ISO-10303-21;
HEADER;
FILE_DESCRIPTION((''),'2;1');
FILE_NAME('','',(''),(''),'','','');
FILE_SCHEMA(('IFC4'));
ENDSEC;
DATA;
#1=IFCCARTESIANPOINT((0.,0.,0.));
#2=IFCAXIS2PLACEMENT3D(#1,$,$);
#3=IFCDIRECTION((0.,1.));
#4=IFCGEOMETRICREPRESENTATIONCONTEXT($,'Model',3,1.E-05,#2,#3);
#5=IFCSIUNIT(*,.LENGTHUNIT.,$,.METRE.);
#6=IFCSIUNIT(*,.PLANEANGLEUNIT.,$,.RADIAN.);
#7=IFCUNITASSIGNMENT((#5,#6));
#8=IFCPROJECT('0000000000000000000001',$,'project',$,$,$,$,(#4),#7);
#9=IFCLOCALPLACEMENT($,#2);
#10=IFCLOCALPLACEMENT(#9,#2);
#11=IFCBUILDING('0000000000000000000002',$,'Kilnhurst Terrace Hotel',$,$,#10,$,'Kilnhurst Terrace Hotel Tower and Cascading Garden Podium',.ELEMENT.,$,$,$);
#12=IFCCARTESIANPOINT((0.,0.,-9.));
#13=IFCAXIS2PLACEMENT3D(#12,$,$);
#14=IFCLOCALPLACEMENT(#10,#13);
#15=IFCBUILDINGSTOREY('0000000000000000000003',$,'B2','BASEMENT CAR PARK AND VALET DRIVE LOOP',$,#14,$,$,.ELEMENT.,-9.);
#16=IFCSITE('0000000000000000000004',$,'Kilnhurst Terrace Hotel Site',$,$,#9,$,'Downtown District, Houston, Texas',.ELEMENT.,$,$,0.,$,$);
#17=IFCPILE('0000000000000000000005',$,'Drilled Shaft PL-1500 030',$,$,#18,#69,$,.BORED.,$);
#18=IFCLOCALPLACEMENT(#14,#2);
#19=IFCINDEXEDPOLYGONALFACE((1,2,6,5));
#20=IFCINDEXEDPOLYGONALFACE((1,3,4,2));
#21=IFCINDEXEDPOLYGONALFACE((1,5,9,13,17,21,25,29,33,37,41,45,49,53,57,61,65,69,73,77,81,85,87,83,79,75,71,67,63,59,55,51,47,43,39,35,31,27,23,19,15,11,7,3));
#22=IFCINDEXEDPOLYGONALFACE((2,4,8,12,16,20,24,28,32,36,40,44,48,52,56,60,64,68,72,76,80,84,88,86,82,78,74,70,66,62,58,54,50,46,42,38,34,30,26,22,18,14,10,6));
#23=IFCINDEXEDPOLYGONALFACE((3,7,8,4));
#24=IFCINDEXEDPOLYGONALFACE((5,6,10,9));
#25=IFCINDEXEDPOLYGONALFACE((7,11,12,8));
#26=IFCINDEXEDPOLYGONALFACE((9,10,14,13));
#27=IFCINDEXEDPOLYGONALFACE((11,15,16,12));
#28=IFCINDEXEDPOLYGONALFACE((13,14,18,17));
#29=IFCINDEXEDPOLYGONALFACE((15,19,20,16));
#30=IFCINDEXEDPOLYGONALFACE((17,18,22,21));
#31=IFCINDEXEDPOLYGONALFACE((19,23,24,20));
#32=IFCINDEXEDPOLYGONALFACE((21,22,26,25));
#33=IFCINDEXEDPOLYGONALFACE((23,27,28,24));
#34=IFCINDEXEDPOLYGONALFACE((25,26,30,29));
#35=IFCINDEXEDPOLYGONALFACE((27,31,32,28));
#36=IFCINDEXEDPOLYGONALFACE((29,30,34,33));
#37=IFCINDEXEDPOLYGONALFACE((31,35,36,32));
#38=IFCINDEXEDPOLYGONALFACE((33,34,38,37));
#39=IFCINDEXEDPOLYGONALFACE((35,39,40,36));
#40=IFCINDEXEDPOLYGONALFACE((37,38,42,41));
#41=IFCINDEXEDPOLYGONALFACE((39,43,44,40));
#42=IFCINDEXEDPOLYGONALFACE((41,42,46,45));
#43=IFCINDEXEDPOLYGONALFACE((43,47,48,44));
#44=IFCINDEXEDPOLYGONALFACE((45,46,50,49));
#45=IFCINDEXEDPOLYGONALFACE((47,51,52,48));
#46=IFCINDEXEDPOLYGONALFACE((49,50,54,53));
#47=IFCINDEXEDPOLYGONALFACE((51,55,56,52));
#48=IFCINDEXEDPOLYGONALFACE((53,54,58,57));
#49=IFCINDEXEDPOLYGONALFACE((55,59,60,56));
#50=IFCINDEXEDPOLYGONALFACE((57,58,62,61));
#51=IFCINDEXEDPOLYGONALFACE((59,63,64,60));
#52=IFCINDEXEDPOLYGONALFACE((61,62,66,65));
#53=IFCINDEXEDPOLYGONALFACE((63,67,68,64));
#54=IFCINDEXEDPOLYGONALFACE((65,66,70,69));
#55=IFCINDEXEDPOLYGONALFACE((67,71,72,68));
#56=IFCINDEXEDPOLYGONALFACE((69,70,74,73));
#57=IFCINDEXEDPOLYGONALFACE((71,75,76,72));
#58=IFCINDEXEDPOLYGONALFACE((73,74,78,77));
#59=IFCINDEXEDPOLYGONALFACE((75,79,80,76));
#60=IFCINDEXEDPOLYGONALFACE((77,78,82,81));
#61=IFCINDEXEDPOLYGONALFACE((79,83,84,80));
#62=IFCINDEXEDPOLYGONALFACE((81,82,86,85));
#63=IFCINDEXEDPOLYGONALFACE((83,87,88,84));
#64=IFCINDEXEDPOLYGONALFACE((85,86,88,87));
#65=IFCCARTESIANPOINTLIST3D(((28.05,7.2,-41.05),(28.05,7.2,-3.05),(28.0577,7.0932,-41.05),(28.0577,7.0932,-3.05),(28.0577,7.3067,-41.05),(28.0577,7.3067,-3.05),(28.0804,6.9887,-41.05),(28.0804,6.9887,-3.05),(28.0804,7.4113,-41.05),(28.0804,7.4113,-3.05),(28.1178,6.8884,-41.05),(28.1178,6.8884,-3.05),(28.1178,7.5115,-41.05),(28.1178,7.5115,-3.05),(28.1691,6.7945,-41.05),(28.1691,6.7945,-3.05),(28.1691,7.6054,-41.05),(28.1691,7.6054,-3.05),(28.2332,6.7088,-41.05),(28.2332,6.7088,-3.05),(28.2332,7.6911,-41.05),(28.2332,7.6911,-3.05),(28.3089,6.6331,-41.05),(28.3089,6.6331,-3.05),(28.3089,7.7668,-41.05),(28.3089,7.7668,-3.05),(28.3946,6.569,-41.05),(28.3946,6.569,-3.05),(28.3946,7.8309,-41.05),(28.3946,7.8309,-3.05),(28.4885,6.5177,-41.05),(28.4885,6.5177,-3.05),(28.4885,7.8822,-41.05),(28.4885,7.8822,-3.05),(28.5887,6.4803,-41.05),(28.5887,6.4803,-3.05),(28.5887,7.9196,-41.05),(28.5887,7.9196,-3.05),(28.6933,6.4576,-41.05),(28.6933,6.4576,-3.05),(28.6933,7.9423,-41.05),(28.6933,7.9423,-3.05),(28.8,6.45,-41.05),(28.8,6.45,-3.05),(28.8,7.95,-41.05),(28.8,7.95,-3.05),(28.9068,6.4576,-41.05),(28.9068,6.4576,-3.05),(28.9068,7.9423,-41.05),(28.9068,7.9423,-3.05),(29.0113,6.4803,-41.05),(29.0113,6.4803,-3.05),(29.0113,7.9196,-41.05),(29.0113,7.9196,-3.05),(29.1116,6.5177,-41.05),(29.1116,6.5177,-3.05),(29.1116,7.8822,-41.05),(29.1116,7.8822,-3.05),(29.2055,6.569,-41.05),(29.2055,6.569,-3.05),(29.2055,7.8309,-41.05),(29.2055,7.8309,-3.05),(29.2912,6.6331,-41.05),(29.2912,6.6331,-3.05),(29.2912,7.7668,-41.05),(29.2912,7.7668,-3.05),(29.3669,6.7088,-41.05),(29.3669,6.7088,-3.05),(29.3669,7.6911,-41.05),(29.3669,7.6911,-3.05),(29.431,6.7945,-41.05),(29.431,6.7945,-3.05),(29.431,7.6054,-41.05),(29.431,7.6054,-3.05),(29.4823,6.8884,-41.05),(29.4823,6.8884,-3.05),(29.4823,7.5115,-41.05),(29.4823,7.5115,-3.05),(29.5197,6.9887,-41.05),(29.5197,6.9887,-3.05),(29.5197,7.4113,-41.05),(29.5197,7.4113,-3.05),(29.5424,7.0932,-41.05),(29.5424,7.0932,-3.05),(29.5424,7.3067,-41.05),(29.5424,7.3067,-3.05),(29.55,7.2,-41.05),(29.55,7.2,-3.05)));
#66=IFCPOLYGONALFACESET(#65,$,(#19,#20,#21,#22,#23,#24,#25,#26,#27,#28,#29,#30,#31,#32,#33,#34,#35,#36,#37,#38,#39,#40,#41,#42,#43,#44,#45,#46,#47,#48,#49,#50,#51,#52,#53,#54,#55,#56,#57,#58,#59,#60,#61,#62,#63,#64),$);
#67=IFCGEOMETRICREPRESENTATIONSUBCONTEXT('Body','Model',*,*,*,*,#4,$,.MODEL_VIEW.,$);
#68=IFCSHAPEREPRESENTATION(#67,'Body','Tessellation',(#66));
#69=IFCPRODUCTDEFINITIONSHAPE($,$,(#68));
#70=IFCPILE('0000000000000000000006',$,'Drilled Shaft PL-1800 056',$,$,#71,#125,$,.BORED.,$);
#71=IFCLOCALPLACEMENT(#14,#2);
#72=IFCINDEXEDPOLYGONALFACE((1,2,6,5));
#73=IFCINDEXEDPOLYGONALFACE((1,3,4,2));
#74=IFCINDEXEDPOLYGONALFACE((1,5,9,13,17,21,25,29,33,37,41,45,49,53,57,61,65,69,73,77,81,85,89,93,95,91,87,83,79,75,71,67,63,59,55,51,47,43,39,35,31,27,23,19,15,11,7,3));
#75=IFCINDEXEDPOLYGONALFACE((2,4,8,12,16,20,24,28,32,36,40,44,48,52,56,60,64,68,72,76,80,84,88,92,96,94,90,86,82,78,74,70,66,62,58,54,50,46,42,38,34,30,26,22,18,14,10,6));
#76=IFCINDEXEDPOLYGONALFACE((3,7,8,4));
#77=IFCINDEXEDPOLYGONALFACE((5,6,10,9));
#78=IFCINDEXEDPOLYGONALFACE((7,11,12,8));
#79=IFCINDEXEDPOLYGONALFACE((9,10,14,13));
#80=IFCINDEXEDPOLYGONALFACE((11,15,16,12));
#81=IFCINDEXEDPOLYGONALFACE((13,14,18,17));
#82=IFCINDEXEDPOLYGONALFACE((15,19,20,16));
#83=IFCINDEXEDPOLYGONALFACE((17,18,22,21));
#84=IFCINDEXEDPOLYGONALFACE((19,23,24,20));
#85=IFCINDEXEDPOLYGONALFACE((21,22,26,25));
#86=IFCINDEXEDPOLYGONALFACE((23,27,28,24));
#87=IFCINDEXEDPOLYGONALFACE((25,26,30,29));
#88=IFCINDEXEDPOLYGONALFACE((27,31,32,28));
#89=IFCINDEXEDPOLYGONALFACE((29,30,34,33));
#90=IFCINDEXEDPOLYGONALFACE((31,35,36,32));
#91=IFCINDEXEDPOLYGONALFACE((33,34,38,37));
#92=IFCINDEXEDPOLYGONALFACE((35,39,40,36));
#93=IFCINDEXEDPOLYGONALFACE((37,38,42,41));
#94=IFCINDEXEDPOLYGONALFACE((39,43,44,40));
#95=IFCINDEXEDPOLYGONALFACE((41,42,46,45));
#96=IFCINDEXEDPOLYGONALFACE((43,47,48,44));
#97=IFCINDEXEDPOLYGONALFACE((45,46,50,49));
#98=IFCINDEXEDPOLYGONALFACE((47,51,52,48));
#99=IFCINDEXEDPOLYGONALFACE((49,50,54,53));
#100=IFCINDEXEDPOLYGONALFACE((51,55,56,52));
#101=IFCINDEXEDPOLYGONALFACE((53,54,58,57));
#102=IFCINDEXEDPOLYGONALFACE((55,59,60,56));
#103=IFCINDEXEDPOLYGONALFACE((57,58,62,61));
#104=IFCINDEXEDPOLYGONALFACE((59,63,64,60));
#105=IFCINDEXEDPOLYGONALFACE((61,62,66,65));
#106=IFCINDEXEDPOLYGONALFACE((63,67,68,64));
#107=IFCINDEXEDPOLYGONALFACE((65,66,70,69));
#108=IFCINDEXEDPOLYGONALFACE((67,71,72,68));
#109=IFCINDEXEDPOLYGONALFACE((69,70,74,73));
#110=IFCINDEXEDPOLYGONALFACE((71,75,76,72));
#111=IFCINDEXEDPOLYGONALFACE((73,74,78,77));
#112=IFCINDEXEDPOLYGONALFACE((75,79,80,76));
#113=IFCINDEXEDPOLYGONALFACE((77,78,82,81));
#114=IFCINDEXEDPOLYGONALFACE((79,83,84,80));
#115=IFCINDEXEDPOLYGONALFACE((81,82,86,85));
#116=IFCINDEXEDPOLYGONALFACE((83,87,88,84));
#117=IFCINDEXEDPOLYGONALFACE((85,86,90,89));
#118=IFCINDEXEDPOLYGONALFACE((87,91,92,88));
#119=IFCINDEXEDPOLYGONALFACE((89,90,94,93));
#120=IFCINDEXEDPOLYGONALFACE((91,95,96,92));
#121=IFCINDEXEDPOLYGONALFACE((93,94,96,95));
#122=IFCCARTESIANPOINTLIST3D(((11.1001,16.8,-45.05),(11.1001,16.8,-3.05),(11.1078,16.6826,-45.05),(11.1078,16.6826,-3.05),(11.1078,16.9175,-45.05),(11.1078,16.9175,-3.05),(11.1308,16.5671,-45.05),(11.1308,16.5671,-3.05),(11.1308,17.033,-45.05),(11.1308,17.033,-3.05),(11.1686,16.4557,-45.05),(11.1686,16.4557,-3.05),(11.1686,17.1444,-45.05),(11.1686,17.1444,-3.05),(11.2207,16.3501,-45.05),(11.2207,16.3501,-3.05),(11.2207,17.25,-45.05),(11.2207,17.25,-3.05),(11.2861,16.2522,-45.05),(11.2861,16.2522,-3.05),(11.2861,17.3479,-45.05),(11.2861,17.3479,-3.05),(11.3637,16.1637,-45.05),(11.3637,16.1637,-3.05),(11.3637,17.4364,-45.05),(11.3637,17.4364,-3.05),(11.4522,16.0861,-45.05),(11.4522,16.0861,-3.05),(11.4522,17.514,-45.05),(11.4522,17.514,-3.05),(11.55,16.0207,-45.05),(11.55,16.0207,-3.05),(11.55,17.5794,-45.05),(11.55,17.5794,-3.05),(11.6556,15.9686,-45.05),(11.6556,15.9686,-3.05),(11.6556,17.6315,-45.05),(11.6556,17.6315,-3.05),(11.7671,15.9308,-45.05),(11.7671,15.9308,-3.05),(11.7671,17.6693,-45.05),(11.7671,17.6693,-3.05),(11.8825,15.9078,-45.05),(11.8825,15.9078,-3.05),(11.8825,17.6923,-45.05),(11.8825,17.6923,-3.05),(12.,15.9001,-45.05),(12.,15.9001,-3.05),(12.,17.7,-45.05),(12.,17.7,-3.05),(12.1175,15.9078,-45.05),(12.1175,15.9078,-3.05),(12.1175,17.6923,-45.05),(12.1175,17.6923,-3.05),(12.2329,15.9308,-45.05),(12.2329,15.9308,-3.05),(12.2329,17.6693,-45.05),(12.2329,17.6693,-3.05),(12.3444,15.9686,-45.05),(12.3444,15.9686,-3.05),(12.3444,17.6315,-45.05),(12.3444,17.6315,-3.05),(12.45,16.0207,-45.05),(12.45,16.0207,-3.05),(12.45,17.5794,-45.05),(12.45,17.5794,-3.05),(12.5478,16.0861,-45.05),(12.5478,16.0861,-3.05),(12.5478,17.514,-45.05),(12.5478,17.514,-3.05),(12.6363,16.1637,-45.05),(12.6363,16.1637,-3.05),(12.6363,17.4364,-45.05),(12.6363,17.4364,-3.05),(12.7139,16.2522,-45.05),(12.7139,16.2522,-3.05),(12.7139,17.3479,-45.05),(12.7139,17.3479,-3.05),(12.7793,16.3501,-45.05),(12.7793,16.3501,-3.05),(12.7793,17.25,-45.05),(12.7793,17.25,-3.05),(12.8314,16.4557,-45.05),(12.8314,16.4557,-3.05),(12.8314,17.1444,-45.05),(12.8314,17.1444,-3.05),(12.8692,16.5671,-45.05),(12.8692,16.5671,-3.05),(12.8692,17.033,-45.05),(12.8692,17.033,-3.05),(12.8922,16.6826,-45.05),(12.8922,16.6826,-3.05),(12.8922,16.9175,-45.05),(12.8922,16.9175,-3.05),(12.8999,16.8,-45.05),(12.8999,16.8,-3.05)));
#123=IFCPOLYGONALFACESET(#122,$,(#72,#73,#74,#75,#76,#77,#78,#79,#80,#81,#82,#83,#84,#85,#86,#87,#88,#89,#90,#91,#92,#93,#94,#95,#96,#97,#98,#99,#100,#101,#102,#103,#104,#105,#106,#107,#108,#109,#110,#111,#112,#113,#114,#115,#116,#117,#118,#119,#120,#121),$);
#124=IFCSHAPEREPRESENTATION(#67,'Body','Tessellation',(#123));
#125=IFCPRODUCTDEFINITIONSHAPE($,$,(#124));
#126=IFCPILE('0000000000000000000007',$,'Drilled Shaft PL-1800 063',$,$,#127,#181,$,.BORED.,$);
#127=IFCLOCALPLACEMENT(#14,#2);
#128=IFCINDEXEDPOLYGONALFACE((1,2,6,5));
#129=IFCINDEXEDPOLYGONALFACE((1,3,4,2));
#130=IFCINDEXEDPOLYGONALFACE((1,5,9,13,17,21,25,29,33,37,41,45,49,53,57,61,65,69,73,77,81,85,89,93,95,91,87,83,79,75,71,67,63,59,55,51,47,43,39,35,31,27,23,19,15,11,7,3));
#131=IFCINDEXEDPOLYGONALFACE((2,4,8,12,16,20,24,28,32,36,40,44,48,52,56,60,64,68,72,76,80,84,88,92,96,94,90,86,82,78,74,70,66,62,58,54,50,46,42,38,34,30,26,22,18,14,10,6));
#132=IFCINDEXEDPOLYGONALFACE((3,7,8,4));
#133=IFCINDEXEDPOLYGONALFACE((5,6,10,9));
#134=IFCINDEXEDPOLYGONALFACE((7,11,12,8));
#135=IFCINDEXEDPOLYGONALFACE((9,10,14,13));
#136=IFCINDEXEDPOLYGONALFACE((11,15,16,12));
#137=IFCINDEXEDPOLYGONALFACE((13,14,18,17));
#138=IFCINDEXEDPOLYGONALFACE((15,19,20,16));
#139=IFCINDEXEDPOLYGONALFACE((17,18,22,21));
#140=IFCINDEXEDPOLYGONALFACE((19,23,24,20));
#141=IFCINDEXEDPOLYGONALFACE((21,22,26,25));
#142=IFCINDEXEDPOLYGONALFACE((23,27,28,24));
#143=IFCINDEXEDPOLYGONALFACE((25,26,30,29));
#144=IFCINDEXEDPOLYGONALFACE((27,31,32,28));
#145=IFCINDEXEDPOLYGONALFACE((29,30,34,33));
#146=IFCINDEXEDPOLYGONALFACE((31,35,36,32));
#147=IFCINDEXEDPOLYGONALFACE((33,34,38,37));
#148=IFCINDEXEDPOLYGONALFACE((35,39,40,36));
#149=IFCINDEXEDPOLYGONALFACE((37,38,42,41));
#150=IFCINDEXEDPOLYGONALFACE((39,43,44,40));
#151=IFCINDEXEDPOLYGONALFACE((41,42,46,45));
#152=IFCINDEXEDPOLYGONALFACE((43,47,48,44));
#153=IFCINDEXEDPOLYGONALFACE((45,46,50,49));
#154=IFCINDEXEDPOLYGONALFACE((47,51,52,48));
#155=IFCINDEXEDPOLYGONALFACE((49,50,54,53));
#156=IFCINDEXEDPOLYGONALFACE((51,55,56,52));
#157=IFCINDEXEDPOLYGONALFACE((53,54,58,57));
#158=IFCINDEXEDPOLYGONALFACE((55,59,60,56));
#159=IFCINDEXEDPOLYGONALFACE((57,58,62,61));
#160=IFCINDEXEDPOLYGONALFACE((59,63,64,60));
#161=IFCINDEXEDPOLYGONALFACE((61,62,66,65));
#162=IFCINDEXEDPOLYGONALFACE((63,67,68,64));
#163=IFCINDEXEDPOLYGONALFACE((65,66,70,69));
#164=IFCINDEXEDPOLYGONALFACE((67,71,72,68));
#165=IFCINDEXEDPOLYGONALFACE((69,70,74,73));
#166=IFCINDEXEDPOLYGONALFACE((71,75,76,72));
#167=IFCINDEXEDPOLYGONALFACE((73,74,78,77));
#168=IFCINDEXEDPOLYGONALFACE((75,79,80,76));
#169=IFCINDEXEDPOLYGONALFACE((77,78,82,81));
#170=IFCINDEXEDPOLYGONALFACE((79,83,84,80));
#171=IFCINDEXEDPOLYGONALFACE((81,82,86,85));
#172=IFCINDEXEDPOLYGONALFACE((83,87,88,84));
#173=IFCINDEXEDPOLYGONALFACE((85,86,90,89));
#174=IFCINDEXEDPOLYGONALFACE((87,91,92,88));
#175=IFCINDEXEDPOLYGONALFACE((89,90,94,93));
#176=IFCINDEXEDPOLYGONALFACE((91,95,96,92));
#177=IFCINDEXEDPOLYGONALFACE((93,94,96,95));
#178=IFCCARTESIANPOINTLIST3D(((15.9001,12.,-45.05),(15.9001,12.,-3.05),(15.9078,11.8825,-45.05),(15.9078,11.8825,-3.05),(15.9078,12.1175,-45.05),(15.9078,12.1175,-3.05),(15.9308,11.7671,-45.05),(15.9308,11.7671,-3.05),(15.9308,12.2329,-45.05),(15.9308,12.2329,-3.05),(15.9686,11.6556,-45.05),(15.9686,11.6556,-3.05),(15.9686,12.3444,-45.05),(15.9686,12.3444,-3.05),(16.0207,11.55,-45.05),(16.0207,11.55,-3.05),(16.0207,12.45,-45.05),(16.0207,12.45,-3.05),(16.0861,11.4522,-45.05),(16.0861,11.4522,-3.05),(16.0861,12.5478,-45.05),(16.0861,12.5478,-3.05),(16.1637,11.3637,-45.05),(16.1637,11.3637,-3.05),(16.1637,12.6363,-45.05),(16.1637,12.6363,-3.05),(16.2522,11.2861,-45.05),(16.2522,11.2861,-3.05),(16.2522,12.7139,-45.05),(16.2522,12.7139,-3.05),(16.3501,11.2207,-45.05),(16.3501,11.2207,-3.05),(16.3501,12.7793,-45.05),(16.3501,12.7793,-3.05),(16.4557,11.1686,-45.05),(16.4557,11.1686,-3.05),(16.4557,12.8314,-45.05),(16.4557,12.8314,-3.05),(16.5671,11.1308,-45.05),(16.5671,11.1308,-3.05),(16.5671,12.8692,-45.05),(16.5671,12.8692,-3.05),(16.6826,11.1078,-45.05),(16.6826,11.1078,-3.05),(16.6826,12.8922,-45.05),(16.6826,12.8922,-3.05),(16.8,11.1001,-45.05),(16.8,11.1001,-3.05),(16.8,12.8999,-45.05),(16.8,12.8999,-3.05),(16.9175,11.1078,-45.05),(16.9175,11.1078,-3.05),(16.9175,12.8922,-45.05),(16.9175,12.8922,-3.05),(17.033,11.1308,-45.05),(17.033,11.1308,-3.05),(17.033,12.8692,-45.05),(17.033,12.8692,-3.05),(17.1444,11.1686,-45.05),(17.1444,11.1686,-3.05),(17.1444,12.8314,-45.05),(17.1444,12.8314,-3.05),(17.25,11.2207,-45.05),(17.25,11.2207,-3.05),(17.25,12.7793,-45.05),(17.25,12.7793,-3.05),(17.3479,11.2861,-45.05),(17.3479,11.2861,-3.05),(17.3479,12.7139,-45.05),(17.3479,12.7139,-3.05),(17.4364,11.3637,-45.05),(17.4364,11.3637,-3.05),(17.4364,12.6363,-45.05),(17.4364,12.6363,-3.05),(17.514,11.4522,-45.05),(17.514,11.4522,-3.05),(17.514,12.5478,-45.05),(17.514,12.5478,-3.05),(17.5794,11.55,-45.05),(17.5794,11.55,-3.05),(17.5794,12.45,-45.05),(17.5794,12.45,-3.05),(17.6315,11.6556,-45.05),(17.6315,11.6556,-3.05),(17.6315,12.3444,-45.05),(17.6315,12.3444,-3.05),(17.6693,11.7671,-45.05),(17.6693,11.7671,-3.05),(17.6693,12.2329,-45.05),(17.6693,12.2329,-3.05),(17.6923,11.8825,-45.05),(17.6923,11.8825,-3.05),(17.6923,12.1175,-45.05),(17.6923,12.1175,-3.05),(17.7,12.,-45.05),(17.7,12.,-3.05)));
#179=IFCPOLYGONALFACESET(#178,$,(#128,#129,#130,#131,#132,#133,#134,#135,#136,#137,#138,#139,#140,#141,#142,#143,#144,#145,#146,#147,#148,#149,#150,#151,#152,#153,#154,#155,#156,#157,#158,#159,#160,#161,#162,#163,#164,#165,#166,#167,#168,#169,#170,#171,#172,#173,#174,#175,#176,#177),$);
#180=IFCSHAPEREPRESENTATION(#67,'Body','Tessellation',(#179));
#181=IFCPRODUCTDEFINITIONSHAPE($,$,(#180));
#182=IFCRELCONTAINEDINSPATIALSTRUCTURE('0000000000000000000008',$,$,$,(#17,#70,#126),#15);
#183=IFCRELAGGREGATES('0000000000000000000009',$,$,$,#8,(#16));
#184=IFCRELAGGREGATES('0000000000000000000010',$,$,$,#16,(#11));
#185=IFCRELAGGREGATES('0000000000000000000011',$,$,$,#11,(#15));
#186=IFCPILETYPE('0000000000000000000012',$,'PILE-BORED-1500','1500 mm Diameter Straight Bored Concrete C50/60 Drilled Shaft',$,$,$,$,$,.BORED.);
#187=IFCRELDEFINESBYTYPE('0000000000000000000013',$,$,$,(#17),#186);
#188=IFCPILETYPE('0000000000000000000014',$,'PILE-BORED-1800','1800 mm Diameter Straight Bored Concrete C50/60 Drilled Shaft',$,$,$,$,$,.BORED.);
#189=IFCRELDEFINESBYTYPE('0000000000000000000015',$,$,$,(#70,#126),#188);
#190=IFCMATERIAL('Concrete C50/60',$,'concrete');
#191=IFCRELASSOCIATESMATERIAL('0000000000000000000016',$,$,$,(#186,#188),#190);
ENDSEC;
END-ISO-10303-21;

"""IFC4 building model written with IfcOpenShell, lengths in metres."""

from ifc_helpers import new_model, si_unit, direction, frame, origin, origin_2d, place, context, subcontext, project, spatial, circle, extrude, material, material_profile, profile_set, type_object, element, save


model = new_model("IFC4")

# Units and contexts
model_context = context("Model", 3, precision=1e-05, world=origin(), true_north=direction((0.0, 1.0)))
body_context = subcontext(model_context, "Body", "Model", "MODEL_VIEW")
ifc_project = project(units=[si_unit("LENGTHUNIT", "METRE"), si_unit("PLANEANGLEUNIT", "RADIAN")], contexts=[model_context])

# Site, building, storey
site_placement = place(None, origin())
site = spatial("IfcSite", under=ifc_project, at=site_placement, Name="Kilnhurst Terrace Hotel Site", LongName="Downtown District, Houston, Texas", CompositionType="ELEMENT", RefElevation=0.0)
building_placement = place(site_placement, origin())
building = spatial("IfcBuilding", under=site, at=building_placement, Name="Kilnhurst Terrace Hotel", LongName="Kilnhurst Terrace Hotel Tower and Cascading Garden Podium", CompositionType="ELEMENT")
storey_placement = place(building_placement, frame((0.0, 0.0, -9.0)))
storey = spatial("IfcBuildingStorey", under=building, at=storey_placement, Name="B2", Description="BASEMENT CAR PARK AND VALET DRIVE LOOP", CompositionType="ELEMENT", Elevation=-9.0)

# Piles
ifc_material_1 = material(Name="Concrete C50/60", Category="concrete")
ifc_material_profile_1 = material_profile(ifc_material_1, circle(Radius=0.75, at=origin_2d()), Name="PILE1500")
ifc_profile_set_1 = profile_set([ifc_material_profile_1], Name="Concrete C50/60")
pile_type_1 = type_object("IfcPileType", Name="PILE-BORED-1500", Description="1500 mm Diameter Straight Bored Concrete C50/60 Drilled Shaft", PredefinedType="BORED", material=ifc_profile_set_1)
for number, where, z_axis, x_axis, name in (
    (1, (28.8, 7.2, -3.05), (0.0, 0.0, -1.0), (1.0, 0.0, 0.0), "Drilled Shaft PL-1500 030"),
):
    element("IfcPile", number, at=place(storey_placement, frame(where, z_axis=z_axis, x_axis=x_axis)), inside=storey, type_object=pile_type_1, Name=name, PredefinedType="BORED", context=body_context, shape_type="SweptSolid", body=[
        extrude(circle(Radius=0.75, at=origin_2d()), origin(), (0.0, 0.0, 1.0), 38.0),
    ])
ifc_material_profile_2 = material_profile(ifc_material_1, circle(Radius=0.8999, at=origin_2d()), Name="PILE1800")
ifc_profile_set_2 = profile_set([ifc_material_profile_2], Name="Concrete C50/60")
pile_type_2 = type_object("IfcPileType", Name="PILE-BORED-1800", Description="1800 mm Diameter Straight Bored Concrete C50/60 Drilled Shaft", PredefinedType="BORED", material=ifc_profile_set_2)
for number, where, z_axis, x_axis, name in (
    (2, (12.0, 16.8, -3.05), (0.0, 0.0, -1.0), (1.0, 0.0, 0.0), "Drilled Shaft PL-1800 056"),
    (3, (16.8, 12.0, -3.05), (0.0, 0.0, -1.0), (1.0, 0.0, 0.0), "Drilled Shaft PL-1800 063"),
):
    element("IfcPile", number, at=place(storey_placement, frame(where, z_axis=z_axis, x_axis=x_axis)), inside=storey, type_object=pile_type_2, Name=name, PredefinedType="BORED", context=body_context, shape_type="SweptSolid", body=[
        extrude(circle(Radius=0.8999, at=origin_2d()), origin(), (0.0, 0.0, 1.0), 42.0),
    ])

save(model, "model.ifc")
